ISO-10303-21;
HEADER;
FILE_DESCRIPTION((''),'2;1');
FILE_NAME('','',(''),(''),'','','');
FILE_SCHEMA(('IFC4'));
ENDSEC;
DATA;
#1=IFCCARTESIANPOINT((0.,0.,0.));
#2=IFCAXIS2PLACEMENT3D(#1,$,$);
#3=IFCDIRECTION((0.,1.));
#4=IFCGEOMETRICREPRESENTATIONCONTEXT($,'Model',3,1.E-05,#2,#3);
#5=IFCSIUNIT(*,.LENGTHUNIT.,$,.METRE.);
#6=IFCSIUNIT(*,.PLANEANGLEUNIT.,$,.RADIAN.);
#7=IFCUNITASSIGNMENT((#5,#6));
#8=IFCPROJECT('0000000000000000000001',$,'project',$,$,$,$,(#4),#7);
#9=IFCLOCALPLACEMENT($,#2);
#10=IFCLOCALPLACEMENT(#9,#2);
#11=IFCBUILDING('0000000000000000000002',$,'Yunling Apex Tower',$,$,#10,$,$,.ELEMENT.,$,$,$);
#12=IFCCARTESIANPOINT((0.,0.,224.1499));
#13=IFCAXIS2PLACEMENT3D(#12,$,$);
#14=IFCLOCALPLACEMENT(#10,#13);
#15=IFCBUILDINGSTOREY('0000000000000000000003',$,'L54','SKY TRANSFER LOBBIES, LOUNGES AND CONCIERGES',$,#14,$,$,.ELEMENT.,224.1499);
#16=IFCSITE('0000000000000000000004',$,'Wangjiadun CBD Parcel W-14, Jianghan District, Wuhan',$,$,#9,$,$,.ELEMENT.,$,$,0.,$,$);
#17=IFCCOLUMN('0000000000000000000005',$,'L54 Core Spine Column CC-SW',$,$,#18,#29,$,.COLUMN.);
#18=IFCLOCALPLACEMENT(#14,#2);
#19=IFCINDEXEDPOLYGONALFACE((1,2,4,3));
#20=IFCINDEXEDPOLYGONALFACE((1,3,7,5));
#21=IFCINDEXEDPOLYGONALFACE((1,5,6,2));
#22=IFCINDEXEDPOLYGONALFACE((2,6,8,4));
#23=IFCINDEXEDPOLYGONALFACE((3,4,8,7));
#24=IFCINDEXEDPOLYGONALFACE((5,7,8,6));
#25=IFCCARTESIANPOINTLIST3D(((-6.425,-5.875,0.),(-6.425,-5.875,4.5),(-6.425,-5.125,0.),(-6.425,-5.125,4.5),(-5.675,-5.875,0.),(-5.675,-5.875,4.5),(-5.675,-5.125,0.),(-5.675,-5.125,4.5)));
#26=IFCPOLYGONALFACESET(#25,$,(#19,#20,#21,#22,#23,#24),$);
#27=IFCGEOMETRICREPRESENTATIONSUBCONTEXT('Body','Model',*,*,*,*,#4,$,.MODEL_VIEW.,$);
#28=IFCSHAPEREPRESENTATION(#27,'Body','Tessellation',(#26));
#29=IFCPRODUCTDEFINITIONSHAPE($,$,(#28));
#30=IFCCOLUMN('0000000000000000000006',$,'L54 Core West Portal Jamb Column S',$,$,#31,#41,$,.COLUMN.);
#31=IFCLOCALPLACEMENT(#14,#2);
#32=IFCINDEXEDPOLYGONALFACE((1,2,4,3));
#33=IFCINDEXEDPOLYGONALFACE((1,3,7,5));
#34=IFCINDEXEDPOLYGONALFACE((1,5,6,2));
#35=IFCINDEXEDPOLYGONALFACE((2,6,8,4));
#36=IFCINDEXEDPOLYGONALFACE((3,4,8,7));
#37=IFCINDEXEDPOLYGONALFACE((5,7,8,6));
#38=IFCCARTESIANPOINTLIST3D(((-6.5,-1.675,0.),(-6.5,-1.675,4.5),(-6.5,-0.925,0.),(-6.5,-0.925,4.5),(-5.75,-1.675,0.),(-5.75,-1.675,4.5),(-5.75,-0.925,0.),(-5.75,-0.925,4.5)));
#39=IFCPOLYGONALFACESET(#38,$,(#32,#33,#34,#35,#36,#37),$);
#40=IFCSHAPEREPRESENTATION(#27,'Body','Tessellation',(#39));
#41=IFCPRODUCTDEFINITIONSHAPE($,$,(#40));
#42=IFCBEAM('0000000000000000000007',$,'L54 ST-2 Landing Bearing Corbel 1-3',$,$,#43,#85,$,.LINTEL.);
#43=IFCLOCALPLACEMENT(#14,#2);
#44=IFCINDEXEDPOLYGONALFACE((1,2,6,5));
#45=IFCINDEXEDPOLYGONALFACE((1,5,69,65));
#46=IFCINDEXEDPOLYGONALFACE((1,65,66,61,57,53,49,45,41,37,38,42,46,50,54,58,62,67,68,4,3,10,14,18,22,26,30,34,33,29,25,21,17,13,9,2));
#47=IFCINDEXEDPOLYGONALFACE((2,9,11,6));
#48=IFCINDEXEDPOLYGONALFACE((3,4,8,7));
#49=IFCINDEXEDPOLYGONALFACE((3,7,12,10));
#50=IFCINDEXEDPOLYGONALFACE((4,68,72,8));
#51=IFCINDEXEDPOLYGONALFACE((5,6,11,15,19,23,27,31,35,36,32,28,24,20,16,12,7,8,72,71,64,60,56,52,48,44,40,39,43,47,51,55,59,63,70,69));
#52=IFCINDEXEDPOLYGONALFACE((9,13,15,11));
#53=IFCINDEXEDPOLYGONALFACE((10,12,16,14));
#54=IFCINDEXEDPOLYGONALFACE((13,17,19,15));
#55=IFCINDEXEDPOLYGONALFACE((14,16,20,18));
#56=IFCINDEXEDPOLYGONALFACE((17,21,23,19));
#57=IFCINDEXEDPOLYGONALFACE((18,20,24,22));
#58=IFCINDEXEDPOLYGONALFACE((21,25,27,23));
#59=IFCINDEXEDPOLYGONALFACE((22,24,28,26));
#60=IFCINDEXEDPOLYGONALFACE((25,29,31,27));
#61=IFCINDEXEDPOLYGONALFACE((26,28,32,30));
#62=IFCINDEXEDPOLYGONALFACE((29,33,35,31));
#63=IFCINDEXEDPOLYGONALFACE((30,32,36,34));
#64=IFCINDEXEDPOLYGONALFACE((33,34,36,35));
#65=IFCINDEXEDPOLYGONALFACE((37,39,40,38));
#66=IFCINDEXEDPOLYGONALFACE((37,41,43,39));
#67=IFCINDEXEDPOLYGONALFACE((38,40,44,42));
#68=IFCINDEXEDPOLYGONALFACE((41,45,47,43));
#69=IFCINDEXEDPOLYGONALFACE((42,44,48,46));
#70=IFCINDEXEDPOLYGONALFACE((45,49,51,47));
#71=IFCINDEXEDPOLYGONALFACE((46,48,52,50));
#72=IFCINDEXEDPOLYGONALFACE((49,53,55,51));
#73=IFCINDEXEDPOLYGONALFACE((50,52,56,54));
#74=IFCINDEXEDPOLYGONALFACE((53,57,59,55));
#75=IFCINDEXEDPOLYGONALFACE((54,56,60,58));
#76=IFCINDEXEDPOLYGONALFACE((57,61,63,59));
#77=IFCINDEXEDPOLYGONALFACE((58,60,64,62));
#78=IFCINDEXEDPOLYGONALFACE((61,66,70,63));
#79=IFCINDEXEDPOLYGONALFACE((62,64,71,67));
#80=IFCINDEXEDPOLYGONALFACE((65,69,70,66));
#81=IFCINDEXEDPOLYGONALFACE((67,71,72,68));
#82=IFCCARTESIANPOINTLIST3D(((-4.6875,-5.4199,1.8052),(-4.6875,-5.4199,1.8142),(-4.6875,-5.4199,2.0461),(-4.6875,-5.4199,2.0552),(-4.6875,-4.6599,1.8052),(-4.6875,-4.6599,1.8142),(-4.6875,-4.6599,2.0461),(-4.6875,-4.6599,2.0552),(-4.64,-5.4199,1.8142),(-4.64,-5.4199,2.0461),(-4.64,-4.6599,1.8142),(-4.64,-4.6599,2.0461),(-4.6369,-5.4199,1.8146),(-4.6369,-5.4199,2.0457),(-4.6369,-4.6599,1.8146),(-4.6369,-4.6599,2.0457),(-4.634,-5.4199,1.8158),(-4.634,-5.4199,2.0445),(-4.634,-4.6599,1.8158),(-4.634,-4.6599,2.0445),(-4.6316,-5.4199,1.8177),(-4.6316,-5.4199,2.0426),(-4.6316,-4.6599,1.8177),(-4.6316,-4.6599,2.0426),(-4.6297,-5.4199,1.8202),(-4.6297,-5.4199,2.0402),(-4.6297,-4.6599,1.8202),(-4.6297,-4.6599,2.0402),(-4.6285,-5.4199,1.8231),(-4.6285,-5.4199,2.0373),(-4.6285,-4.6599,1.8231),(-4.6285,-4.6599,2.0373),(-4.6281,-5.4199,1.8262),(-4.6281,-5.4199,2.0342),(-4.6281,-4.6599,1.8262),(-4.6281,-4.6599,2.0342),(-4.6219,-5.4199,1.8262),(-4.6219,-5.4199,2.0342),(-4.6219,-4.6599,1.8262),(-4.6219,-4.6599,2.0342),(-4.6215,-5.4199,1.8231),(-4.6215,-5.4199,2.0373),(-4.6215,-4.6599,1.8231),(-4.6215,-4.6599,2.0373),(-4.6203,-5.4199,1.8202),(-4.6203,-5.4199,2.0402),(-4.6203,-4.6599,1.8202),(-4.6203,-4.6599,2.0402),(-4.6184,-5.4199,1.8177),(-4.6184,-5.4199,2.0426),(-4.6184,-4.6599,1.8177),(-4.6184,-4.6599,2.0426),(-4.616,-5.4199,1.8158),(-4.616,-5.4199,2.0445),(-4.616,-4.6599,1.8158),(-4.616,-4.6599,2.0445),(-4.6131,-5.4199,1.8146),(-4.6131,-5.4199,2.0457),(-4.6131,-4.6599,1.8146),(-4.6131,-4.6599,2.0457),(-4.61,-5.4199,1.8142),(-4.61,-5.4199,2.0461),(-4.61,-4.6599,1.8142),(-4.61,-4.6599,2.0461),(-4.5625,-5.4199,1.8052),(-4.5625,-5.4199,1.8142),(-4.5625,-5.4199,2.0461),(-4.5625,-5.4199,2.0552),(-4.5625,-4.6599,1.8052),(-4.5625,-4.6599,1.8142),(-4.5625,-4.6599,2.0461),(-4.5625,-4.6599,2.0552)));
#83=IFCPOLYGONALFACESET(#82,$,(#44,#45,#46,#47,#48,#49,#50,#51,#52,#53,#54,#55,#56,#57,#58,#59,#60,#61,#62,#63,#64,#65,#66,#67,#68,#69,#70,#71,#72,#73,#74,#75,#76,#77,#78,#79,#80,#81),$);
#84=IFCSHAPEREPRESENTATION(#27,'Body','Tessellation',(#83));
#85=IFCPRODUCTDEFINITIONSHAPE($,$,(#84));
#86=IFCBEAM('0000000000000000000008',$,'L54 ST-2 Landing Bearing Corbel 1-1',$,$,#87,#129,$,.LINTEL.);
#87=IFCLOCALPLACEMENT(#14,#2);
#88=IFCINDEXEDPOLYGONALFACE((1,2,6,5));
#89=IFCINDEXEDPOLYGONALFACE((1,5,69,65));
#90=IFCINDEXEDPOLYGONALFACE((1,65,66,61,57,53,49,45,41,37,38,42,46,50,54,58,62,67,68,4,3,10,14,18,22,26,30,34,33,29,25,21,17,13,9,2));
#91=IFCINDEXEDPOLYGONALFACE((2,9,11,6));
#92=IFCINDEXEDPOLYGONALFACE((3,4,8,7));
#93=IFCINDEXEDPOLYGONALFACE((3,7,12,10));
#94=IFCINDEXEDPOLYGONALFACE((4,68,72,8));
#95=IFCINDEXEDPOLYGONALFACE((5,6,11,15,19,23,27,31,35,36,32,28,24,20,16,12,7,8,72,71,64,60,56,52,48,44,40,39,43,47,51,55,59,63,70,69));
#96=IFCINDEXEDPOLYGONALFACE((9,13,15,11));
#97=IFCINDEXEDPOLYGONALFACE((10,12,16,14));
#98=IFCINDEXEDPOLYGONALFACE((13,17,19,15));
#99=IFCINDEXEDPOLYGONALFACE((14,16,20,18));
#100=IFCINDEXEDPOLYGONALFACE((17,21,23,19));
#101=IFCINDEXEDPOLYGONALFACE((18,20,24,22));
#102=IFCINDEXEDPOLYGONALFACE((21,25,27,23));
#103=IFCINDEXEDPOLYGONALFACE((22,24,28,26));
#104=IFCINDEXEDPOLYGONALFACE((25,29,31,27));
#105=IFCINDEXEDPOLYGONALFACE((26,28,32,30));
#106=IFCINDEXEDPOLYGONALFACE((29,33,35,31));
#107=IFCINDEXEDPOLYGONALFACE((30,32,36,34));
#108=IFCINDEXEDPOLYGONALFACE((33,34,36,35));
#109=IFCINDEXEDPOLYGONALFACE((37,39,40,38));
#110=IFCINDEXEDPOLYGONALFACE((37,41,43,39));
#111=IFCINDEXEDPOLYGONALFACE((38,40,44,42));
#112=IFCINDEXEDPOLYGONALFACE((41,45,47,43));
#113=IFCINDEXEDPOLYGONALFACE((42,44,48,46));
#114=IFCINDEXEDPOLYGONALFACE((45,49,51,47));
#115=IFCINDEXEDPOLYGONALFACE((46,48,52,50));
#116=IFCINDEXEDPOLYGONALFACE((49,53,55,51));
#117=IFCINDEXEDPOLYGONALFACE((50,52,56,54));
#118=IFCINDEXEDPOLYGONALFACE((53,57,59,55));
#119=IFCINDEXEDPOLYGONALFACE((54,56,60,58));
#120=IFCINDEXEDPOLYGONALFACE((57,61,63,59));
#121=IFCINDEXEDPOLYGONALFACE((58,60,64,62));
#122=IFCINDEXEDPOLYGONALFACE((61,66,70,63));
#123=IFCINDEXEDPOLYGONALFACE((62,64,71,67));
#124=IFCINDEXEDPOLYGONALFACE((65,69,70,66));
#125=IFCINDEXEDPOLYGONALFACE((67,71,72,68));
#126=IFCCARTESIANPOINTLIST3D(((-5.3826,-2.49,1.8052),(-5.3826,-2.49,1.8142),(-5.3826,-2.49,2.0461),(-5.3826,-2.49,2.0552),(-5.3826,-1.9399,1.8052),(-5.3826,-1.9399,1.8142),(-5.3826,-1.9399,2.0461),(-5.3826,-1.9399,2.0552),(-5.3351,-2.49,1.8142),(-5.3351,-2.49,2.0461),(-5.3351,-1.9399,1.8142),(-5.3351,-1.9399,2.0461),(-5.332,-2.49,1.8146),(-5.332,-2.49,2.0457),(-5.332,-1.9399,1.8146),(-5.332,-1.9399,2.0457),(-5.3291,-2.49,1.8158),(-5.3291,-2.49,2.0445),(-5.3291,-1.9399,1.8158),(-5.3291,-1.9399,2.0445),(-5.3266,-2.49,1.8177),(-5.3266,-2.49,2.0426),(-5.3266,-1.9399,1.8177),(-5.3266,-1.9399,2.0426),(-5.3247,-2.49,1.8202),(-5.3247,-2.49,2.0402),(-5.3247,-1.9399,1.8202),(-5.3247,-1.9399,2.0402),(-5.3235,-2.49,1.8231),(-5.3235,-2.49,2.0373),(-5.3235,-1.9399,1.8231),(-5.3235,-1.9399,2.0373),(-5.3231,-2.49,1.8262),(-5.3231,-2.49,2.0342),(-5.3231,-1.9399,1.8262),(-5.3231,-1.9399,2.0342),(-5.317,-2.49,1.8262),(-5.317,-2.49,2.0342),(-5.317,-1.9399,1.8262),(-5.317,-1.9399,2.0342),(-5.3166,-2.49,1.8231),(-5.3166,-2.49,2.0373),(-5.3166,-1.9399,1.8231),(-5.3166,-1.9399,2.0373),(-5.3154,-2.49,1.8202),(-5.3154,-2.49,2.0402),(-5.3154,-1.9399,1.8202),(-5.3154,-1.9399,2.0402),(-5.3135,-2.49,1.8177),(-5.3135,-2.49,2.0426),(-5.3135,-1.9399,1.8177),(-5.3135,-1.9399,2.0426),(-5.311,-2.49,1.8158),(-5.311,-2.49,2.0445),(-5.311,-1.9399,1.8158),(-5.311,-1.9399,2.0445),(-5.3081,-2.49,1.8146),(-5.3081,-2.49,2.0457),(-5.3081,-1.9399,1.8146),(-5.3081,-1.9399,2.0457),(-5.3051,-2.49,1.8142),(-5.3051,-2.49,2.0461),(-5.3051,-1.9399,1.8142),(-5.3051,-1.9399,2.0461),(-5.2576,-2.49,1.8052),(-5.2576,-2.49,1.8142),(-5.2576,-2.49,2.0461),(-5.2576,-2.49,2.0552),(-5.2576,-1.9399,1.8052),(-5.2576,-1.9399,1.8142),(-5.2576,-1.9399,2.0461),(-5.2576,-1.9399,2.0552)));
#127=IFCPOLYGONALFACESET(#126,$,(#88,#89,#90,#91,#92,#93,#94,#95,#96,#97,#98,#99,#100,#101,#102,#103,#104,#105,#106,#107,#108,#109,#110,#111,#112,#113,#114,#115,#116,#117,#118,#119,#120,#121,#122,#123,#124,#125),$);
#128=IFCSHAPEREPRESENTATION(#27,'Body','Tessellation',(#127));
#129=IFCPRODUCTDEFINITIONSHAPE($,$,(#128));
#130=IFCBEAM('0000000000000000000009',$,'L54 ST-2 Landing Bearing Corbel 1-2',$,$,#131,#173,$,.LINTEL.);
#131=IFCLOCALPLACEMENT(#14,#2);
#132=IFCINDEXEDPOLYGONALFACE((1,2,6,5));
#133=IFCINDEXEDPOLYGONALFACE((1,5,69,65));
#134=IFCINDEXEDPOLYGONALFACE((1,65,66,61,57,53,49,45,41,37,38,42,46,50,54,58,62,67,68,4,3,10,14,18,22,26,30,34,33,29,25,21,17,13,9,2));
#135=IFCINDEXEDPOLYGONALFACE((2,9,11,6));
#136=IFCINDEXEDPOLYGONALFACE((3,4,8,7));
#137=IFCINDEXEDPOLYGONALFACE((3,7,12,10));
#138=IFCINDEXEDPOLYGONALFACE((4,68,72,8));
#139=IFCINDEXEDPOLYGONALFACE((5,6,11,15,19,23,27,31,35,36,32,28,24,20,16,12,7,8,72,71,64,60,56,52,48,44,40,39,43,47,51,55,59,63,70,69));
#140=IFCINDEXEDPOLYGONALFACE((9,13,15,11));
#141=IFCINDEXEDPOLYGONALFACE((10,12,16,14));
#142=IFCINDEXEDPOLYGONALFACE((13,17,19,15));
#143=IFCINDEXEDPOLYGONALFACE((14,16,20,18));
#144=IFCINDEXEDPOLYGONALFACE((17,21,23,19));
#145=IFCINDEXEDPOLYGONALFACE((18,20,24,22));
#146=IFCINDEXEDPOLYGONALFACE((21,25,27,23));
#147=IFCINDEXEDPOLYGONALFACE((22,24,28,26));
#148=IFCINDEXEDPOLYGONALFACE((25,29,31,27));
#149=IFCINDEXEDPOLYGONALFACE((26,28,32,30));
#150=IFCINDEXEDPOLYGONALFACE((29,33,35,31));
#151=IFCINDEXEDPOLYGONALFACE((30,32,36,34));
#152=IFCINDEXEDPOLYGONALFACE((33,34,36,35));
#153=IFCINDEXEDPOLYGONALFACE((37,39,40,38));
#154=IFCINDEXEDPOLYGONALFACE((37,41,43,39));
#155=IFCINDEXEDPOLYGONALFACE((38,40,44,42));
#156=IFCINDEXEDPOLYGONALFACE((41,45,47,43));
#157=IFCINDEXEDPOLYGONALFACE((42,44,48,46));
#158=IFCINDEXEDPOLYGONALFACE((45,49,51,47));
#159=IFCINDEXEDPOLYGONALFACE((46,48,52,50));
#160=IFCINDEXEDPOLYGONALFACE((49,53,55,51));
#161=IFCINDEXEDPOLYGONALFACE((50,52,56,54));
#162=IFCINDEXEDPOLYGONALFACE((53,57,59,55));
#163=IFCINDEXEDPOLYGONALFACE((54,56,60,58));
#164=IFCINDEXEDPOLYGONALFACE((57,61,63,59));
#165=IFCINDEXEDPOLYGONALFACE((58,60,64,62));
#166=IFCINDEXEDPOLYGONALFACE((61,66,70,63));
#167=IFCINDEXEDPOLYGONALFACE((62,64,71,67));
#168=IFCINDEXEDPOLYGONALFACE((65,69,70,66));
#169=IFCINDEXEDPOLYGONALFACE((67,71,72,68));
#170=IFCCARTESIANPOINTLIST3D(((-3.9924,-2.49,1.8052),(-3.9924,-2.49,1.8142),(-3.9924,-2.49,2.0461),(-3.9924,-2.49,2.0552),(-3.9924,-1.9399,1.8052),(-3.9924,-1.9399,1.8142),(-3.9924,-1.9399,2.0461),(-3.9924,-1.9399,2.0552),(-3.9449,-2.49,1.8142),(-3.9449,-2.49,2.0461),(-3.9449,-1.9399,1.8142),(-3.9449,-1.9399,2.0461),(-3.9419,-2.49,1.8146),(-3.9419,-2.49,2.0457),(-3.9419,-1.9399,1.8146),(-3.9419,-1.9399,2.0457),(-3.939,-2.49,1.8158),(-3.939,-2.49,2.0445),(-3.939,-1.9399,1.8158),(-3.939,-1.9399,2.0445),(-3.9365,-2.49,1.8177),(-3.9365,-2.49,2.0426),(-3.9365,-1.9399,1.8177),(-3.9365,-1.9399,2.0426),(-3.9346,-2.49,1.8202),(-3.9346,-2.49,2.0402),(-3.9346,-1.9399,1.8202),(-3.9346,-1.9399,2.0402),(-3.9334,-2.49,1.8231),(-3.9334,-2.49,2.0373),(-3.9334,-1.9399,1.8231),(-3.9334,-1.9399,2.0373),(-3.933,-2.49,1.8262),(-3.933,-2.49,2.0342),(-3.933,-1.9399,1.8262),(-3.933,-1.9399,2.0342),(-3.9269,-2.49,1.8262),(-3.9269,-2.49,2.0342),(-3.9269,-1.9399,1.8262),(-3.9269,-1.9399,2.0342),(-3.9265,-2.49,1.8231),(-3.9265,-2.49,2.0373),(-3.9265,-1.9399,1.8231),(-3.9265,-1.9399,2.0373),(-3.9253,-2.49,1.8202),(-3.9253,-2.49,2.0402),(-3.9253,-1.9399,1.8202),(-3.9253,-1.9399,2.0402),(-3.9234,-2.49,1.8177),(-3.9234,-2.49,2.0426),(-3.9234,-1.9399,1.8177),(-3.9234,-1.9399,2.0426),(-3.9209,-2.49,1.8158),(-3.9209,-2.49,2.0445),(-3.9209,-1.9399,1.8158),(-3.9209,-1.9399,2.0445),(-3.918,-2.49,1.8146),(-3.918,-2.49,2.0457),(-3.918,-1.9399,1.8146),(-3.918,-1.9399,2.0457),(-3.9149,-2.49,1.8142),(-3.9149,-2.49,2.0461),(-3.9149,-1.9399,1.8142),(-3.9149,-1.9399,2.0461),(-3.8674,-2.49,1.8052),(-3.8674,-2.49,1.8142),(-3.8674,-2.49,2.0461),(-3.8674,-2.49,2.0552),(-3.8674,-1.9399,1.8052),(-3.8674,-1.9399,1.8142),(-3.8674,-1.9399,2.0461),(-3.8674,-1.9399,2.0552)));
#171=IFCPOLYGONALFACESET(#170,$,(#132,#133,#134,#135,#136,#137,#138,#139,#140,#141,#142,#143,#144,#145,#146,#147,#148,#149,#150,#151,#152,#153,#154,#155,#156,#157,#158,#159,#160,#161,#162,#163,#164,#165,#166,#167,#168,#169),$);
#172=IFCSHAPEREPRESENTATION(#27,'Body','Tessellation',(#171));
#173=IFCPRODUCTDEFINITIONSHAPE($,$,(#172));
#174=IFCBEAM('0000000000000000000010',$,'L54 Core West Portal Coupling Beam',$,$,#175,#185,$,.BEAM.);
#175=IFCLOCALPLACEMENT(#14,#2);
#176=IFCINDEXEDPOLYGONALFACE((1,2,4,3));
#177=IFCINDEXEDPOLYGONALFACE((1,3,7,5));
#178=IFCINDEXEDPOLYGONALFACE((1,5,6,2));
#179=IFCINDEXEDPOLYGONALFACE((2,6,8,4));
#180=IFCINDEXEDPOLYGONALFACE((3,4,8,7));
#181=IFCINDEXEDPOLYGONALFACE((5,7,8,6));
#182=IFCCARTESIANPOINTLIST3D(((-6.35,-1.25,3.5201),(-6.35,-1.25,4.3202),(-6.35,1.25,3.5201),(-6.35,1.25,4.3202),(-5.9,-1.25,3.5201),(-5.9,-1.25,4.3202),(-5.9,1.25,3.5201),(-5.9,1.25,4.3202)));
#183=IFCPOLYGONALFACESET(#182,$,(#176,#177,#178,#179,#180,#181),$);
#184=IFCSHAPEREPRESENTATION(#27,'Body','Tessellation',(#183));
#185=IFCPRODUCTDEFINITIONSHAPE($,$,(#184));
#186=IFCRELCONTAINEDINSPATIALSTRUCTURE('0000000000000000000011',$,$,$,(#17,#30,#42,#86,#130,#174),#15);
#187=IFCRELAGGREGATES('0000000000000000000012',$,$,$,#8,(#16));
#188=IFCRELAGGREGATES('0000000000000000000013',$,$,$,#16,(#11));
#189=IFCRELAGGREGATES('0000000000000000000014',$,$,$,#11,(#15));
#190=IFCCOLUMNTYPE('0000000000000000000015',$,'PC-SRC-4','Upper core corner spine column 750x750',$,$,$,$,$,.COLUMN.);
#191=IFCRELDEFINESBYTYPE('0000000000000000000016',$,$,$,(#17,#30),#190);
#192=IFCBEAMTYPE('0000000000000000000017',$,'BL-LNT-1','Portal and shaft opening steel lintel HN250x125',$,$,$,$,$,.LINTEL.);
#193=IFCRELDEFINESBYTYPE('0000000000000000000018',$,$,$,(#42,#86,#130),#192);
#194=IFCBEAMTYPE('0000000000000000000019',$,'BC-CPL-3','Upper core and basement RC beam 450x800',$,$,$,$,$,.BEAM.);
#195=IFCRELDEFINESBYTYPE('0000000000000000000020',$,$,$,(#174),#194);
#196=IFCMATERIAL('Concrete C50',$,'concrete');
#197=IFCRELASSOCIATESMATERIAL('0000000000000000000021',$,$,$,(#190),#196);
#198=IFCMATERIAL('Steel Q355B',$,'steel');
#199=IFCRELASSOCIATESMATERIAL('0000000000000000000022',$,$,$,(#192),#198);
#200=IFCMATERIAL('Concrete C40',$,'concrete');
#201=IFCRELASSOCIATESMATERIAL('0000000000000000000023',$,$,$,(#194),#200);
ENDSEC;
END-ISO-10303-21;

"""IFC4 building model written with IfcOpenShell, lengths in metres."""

from ifc_helpers import new_model, si_unit, direction, frame, origin, origin_2d, place, context, subcontext, project, spatial, rectangle, i_section, extrude, source, transform, mapped, material, material_profile, profile_set, type_object, element, save


model = new_model("IFC4")

# Units and contexts
model_context = context("Model", 3, precision=1e-05, world=origin(), true_north=direction((0.0, 1.0)))
body_context = subcontext(model_context, "Body", "Model", "MODEL_VIEW")
ifc_project = project(units=[si_unit("LENGTHUNIT", "METRE"), si_unit("PLANEANGLEUNIT", "RADIAN")], contexts=[model_context])

# Site, building, storey
site_placement = place(None, origin())
site = spatial("IfcSite", under=ifc_project, at=site_placement, Name="Wangjiadun CBD Parcel W-14, Jianghan District, Wuhan", CompositionType="ELEMENT", RefElevation=0.0)
building_placement = place(site_placement, origin())
building = spatial("IfcBuilding", under=site, at=building_placement, Name="Yunling Apex Tower", CompositionType="ELEMENT")
storey_placement = place(building_placement, frame((0.0, 0.0, 224.1499)))
storey = spatial("IfcBuildingStorey", under=building, at=storey_placement, Name="L54", Description="SKY TRANSFER LOBBIES, LOUNGES AND CONCIERGES", CompositionType="ELEMENT", Elevation=224.1499)

# Columns
ifc_material_1 = material(Name="Concrete C50", Category="concrete")
ifc_material_profile_1 = material_profile(ifc_material_1, rectangle(XDim=0.75, YDim=0.75, at=origin_2d()))
ifc_profile_set_1 = profile_set([ifc_material_profile_1], Name="Concrete C50")
column_type = type_object("IfcColumnType", Name="PC-SRC-4", Description="Upper core corner spine column 750x750", PredefinedType="COLUMN", material=ifc_profile_set_1)
shared_shape_1 = source(origin(), body_context, "Body", "SweptSolid", [
    extrude(rectangle(XDim=0.75, YDim=0.75, at=origin_2d()), origin(), (0.0, 0.0, 1.0), 4.5),
])
for number, where, z_axis, x_axis, name in (
    (1, (-6.05, -5.5, 0.0), (0.0, 0.0, 1.0), (1.0, 0.0, 0.0), "L54 Core Spine Column CC-SW"),
    (2, (-6.125, -1.3, 0.0), (0.0, 0.0, 1.0), (1.0, 0.0, 0.0), "L54 Core West Portal Jamb Column S"),
):
    element("IfcColumn", number, at=place(storey_placement, frame(where, z_axis=z_axis, x_axis=x_axis)), inside=storey, type_object=column_type, Name=name, PredefinedType="COLUMN", context=body_context, shape_type="MappedRepresentation", body=[
        mapped(shared_shape_1, transform((0.0, 0.0, 0.0), scale=1.0)),
    ])

# Beams
ifc_material_2 = material(Name="Steel Q355B", Category="steel")
ifc_material_profile_2 = material_profile(ifc_material_2, i_section(OverallWidth=0.125, OverallDepth=0.25, WebThickness=0.0061, FlangeThickness=0.009, FilletRadius=0.012, at=origin_2d()))
ifc_profile_set_2 = profile_set([ifc_material_profile_2], Name="Steel Q355B")
beam_type_1 = type_object("IfcBeamType", Name="BL-LNT-1", Description="Portal and shaft opening steel lintel HN250x125", PredefinedType="LINTEL", material=ifc_profile_set_2)
shared_shape_2 = source(origin(), body_context, "Body", "SweptSolid", [
    extrude(i_section(OverallWidth=0.125, OverallDepth=0.25, WebThickness=0.0061, FlangeThickness=0.009, FilletRadius=0.012, at=origin_2d()), origin(), (0.0, 0.0, 1.0), 0.76),
])
beam_1_placement = place(storey_placement, frame((-4.625, -5.4199, 1.9302), z_axis=(0.0, 1.0, 0.0), x_axis=(-1.0, 0.0, 0.0)))
element("IfcBeam", 3, at=beam_1_placement, inside=storey, type_object=beam_type_1, Name="L54 ST-2 Landing Bearing Corbel 1-3", PredefinedType="LINTEL", context=body_context, shape_type="MappedRepresentation", body=[
    mapped(shared_shape_2, transform((0.0, 0.0, 0.0), scale=1.0)),
])
shared_shape_3 = source(origin(), body_context, "Body", "SweptSolid", [
    extrude(i_section(OverallWidth=0.125, OverallDepth=0.25, WebThickness=0.0061, FlangeThickness=0.009, FilletRadius=0.012, at=origin_2d()), origin(), (0.0, 0.0, 1.0), 0.55),
])
for number, where, z_axis, x_axis, name in (
    (4, (-5.3201, -1.9399, 1.9302), (0.0, -1.0, 0.0), (1.0, 0.0, 0.0), "L54 ST-2 Landing Bearing Corbel 1-1"),
    (5, (-3.9299, -1.9399, 1.9302), (0.0, -1.0, 0.0), (1.0, 0.0, 0.0), "L54 ST-2 Landing Bearing Corbel 1-2"),
):
    element("IfcBeam", number, at=place(storey_placement, frame(where, z_axis=z_axis, x_axis=x_axis)), inside=storey, type_object=beam_type_1, Name=name, PredefinedType="LINTEL", context=body_context, shape_type="MappedRepresentation", body=[
        mapped(shared_shape_3, transform((0.0, 0.0, 0.0), scale=1.0)),
    ])
ifc_material_3 = material(Name="Concrete C40", Category="concrete")
ifc_material_profile_3 = material_profile(ifc_material_3, rectangle(XDim=0.45, YDim=0.8, at=origin_2d()))
ifc_profile_set_3 = profile_set([ifc_material_profile_3], Name="Concrete C40")
beam_type_2 = type_object("IfcBeamType", Name="BC-CPL-3", Description="Upper core and basement RC beam 450x800", PredefinedType="BEAM", material=ifc_profile_set_3)
shared_shape_4 = source(origin(), body_context, "Body", "SweptSolid", [
    extrude(rectangle(XDim=0.45, YDim=0.8, at=origin_2d()), origin(), (0.0, 0.0, 1.0), 2.5),
])
beam_2_placement = place(storey_placement, frame((-6.125, -1.25, 3.9202), z_axis=(0.0, 1.0, 0.0), x_axis=(-1.0, 0.0, 0.0)))
element("IfcBeam", 6, at=beam_2_placement, inside=storey, type_object=beam_type_2, Name="L54 Core West Portal Coupling Beam", PredefinedType="BEAM", context=body_context, shape_type="MappedRepresentation", body=[
    mapped(shared_shape_4, transform((0.0, 0.0, 0.0), scale=1.0)),
])

save(model, "model.ifc")
